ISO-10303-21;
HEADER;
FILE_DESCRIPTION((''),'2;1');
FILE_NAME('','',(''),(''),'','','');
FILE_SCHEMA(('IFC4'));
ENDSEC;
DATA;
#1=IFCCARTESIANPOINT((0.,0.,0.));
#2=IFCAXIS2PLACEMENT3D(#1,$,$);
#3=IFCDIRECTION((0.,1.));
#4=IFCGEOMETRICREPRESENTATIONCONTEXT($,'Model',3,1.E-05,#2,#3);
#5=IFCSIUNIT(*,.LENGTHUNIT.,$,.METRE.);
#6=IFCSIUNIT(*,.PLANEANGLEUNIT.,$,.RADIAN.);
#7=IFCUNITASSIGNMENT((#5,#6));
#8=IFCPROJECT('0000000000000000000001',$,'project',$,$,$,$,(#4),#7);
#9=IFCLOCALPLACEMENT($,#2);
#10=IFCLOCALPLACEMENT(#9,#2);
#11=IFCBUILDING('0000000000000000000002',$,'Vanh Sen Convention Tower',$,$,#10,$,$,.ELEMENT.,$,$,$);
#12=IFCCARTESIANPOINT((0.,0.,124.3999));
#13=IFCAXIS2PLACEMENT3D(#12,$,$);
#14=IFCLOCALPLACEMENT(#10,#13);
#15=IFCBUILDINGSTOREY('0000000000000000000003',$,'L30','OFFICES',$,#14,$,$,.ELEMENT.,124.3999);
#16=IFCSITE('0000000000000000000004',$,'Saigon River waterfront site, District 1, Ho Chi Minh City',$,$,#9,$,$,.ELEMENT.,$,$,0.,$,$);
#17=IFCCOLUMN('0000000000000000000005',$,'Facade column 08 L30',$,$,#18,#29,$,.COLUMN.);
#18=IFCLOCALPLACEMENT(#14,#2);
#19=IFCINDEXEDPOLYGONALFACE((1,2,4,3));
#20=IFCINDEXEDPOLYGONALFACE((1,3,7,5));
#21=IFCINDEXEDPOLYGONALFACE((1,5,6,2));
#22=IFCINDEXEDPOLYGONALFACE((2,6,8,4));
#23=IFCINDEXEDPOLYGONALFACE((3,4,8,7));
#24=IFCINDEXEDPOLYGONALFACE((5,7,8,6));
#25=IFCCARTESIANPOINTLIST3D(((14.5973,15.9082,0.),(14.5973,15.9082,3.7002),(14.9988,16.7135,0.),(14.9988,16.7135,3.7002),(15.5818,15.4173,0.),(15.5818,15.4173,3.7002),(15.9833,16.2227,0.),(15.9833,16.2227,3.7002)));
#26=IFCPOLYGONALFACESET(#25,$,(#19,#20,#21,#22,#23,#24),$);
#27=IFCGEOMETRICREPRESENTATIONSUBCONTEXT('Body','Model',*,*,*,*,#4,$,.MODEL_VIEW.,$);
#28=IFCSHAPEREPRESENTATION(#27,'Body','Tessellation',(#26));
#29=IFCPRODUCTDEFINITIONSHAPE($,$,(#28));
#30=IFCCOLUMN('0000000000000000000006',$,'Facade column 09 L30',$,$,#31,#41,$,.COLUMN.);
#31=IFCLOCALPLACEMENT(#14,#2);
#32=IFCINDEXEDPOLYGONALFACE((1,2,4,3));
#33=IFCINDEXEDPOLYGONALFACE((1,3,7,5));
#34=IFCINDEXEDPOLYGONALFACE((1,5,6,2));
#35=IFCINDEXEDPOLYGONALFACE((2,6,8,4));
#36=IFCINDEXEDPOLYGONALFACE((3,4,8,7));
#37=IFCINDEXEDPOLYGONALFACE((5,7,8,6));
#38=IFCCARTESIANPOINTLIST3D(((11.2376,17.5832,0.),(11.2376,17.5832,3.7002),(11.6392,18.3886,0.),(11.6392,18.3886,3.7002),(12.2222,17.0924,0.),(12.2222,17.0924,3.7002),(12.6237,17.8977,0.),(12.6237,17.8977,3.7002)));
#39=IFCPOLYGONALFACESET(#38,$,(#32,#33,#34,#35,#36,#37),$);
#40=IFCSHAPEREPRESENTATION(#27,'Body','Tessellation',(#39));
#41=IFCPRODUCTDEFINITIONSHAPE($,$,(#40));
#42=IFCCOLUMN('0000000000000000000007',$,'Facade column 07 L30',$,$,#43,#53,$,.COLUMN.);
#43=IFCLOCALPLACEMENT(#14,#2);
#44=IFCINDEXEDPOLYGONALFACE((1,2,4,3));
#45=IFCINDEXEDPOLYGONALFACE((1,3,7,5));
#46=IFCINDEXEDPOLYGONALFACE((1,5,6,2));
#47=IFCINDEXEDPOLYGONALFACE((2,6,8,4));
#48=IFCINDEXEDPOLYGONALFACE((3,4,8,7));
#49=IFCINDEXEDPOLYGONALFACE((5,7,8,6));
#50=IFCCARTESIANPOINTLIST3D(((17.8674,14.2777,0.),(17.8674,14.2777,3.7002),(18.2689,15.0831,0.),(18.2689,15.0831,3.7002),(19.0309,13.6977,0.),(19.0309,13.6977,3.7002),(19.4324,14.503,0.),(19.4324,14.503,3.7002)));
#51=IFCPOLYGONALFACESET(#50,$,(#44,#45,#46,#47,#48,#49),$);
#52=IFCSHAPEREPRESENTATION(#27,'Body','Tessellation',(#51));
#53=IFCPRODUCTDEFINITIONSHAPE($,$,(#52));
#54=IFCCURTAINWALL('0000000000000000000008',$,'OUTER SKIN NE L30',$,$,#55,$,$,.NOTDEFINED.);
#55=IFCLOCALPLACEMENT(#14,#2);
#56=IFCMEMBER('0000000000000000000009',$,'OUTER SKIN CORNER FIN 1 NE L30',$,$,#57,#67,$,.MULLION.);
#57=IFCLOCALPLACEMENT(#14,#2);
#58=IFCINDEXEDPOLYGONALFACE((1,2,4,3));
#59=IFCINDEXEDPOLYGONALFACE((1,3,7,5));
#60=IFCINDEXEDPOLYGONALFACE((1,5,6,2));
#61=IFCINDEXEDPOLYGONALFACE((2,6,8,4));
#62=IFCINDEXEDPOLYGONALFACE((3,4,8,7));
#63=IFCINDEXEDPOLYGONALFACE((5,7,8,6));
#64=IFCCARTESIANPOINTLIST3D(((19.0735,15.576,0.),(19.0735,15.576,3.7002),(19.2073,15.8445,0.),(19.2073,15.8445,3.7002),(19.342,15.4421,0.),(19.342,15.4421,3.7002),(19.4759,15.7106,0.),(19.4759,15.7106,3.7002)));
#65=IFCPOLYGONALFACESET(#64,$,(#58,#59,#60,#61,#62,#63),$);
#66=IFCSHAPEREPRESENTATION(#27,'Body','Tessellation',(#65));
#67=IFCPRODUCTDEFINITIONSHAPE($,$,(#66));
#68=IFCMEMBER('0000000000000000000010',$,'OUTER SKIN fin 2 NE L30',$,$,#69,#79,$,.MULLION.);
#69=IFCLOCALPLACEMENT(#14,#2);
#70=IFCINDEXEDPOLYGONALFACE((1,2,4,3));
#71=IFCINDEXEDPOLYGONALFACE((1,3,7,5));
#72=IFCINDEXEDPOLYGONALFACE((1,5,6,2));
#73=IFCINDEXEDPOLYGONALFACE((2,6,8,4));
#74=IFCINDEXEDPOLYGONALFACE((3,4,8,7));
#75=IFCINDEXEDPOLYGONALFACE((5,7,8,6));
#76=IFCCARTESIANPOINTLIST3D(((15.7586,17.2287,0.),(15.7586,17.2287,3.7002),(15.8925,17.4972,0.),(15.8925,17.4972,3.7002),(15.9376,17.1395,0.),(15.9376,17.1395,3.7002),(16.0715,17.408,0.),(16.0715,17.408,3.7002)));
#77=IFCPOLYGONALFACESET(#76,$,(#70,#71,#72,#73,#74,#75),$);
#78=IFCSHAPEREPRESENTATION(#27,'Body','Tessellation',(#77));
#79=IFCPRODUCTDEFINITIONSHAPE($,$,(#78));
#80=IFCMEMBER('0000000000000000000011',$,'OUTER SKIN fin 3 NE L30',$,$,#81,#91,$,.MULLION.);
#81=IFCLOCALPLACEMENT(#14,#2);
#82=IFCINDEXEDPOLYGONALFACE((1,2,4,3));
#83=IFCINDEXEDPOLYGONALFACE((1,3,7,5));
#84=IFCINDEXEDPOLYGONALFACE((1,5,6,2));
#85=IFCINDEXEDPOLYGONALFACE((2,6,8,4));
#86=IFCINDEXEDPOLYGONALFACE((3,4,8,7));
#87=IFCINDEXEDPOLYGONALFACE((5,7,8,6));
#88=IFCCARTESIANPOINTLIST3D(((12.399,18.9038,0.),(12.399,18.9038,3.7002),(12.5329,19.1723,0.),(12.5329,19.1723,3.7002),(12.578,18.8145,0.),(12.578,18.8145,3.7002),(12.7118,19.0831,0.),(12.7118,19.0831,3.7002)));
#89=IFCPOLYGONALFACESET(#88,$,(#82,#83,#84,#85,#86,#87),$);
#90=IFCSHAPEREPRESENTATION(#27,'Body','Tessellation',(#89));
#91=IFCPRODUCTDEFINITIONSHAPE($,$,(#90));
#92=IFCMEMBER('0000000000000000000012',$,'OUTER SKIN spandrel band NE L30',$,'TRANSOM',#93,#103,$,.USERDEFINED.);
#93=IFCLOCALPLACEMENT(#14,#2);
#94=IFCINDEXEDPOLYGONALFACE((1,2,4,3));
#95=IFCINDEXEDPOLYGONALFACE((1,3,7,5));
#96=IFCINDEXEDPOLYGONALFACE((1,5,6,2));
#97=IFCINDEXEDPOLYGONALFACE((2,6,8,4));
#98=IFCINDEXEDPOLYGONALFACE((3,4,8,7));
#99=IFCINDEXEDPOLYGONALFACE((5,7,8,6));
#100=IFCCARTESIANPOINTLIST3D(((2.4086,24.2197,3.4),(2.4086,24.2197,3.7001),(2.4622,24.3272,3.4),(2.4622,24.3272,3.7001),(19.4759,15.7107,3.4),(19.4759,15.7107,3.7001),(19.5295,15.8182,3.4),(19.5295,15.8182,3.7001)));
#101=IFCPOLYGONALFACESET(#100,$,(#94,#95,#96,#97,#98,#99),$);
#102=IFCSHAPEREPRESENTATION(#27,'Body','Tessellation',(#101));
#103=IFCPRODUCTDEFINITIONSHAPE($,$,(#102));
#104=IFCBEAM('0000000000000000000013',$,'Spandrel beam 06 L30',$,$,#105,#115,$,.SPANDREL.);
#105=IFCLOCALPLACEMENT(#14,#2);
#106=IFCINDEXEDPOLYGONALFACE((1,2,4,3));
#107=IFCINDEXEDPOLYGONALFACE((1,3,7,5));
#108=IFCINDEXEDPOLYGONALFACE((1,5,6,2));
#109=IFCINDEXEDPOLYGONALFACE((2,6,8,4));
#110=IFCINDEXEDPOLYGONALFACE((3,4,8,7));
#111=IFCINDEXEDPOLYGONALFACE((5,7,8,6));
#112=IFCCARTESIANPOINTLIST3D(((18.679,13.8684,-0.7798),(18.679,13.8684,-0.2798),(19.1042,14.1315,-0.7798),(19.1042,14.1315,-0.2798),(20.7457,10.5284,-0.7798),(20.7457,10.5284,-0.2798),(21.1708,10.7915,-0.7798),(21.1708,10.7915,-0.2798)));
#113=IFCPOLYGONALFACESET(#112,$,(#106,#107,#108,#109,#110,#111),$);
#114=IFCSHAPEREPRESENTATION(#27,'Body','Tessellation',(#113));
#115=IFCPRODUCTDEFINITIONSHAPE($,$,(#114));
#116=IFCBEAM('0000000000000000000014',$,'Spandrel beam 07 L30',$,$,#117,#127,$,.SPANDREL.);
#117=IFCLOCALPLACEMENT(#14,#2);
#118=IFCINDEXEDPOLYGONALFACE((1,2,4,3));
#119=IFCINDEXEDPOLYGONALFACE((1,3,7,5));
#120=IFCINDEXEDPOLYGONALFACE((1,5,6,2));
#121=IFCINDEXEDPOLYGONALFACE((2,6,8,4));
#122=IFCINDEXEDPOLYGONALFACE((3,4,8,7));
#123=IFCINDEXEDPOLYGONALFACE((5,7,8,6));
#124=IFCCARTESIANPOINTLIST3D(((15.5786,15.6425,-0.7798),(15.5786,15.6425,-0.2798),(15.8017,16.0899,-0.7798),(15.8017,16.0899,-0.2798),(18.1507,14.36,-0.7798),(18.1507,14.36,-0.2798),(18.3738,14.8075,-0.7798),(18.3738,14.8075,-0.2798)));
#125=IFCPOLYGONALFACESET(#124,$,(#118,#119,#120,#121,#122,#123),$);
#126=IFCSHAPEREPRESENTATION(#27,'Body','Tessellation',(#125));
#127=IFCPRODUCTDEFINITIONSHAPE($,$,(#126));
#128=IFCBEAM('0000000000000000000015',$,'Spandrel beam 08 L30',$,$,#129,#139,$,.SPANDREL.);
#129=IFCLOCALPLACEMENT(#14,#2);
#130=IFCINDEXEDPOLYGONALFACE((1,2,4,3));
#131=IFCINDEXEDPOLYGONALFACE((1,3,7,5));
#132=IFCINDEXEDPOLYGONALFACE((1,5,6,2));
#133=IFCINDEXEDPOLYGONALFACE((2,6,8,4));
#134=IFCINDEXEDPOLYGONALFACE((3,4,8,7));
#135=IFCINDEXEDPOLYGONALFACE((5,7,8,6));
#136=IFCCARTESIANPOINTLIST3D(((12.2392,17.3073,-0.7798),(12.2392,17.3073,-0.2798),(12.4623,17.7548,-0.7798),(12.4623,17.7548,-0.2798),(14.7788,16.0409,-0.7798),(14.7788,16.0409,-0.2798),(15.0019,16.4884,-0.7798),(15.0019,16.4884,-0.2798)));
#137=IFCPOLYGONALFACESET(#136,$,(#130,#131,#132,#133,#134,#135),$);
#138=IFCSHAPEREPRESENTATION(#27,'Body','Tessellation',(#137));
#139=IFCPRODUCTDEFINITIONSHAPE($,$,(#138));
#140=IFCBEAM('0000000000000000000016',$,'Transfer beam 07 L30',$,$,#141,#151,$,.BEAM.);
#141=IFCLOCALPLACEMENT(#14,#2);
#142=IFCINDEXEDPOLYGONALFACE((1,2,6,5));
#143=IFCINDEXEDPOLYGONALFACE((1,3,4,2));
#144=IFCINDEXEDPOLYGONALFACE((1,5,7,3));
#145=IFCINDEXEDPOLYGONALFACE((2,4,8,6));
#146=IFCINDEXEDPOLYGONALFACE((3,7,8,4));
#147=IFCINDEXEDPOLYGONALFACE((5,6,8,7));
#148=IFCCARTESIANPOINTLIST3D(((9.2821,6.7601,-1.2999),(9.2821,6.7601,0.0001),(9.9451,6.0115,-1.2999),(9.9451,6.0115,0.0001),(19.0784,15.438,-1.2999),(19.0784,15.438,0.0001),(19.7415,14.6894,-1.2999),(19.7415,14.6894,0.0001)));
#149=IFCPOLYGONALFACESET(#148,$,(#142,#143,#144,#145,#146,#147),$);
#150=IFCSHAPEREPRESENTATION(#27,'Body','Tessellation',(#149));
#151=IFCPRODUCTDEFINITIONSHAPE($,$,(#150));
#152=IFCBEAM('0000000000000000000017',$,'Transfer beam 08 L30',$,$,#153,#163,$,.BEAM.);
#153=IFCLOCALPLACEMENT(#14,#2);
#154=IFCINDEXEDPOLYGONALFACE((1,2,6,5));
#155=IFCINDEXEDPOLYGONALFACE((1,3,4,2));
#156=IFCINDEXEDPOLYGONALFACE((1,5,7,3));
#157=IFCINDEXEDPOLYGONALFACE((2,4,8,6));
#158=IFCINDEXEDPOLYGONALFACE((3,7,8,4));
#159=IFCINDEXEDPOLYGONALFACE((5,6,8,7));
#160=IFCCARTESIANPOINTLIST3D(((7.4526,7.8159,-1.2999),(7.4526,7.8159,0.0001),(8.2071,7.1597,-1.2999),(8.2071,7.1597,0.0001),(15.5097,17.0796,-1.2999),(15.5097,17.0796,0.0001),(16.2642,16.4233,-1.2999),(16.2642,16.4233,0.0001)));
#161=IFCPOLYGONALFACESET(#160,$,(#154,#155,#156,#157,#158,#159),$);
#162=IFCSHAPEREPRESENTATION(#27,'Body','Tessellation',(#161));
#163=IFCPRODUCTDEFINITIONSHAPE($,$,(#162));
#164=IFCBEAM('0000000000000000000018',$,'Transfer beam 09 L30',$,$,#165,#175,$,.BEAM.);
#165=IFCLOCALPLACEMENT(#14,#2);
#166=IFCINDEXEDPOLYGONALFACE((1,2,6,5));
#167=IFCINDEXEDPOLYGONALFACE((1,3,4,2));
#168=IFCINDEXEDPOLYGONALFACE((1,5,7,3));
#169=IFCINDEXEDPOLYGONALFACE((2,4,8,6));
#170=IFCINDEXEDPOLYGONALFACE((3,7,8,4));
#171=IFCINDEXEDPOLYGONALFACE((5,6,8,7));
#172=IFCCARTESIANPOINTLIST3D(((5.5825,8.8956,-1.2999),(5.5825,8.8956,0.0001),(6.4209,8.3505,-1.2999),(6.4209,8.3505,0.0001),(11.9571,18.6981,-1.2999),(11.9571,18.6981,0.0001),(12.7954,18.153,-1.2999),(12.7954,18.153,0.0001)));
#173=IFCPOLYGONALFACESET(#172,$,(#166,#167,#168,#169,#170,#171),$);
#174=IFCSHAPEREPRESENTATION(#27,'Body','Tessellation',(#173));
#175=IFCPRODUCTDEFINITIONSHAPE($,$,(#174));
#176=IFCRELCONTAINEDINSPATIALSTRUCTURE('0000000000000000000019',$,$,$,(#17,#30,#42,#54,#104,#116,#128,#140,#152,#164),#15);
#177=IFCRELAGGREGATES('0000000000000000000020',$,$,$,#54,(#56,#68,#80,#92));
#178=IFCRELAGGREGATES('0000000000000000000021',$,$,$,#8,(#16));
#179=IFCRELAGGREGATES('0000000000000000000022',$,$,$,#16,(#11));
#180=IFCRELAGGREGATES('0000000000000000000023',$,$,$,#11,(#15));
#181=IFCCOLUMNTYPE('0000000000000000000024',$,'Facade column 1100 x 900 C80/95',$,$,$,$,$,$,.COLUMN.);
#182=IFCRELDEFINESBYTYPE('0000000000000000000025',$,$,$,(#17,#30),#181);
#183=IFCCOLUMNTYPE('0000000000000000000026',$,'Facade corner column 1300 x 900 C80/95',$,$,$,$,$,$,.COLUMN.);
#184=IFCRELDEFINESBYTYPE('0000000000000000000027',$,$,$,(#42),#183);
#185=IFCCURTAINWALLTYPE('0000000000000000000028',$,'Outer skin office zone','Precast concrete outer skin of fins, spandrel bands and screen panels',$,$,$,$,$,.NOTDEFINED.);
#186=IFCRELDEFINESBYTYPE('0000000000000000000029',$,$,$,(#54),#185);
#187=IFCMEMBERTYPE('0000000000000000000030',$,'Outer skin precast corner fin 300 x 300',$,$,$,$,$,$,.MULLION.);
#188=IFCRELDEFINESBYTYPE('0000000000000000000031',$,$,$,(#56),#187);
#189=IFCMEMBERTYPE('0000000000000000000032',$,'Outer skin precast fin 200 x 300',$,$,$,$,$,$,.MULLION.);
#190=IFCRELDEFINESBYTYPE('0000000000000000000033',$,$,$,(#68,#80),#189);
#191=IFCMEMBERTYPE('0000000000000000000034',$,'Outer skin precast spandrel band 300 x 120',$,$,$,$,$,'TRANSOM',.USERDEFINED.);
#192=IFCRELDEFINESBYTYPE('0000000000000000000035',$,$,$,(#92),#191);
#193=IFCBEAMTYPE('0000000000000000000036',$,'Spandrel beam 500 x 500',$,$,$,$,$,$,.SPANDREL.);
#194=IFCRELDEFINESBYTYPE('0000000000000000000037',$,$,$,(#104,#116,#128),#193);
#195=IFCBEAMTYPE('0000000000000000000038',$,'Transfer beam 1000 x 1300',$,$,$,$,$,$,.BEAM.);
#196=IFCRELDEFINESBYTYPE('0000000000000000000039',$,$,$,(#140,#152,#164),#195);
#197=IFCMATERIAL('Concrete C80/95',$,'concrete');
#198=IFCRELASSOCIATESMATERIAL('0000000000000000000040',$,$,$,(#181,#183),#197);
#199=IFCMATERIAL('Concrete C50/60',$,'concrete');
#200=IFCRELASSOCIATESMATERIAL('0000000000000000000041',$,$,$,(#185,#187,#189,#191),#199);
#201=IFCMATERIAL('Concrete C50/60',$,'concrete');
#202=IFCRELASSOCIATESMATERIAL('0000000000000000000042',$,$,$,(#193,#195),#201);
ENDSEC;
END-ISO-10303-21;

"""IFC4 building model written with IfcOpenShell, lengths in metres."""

from ifc_helpers import new_model, si_unit, direction, frame, origin, origin_2d, place, context, subcontext, project, spatial, rectangle, extrude, material, material_profile, profile_set, type_object, element, aggregate, save


model = new_model("IFC4")

# Units and contexts
model_context = context("Model", 3, precision=1e-05, world=origin(), true_north=direction((0.0, 1.0)))
body_context = subcontext(model_context, "Body", "Model", "MODEL_VIEW")
ifc_project = project(units=[si_unit("LENGTHUNIT", "METRE"), si_unit("PLANEANGLEUNIT", "RADIAN")], contexts=[model_context])

# Site, building, storey
site_placement = place(None, origin())
site = spatial("IfcSite", under=ifc_project, at=site_placement, Name="Saigon River waterfront site, District 1, Ho Chi Minh City", CompositionType="ELEMENT", RefElevation=0.0)
building_placement = place(site_placement, origin())
building = spatial("IfcBuilding", under=site, at=building_placement, Name="Vanh Sen Convention Tower", CompositionType="ELEMENT")
storey_placement = place(building_placement, frame((0.0, 0.0, 124.3999)))
storey = spatial("IfcBuildingStorey", under=building, at=storey_placement, Name="L30", Description="OFFICES", CompositionType="ELEMENT", Elevation=124.3999)

# Columns
ifc_material_1 = material(Name="Concrete C80/95", Category="concrete")
ifc_material_profile_1 = material_profile(ifc_material_1, rectangle(XDim=1.1001, YDim=0.8999, at=origin_2d()), Name="RC 1100X900")
ifc_profile_set_1 = profile_set([ifc_material_profile_1], Name="Concrete C80/95")
column_type_1 = type_object("IfcColumnType", Name="Facade column 1100 x 900 C80/95", PredefinedType="COLUMN", material=ifc_profile_set_1)
for number, where, z_axis, x_axis, name in (
    (1, (15.2903, 16.0654, 0.0), (0.0, 0.0, 1.0), (-0.894934, 0.446198, 0.0), "Facade column 08 L30"),
    (2, (11.9307, 17.7405, 0.0), (0.0, 0.0, 1.0), (-0.894934, 0.446198, 0.0), "Facade column 09 L30"),
):
    element("IfcColumn", number, at=place(storey_placement, frame(where, z_axis=z_axis, x_axis=x_axis)), inside=storey, type_object=column_type_1, Name=name, PredefinedType="COLUMN", context=body_context, shape_type="SweptSolid", body=[
        extrude(rectangle(XDim=1.1001, YDim=0.8999, at=origin_2d()), origin(), (0.0, 0.0, 1.0), 3.7002),
    ])
ifc_material_profile_2 = material_profile(ifc_material_1, rectangle(XDim=1.3, YDim=0.8999, at=origin_2d()), Name="RC 1300X900")
ifc_profile_set_2 = profile_set([ifc_material_profile_2], Name="Concrete C80/95")
column_type_2 = type_object("IfcColumnType", Name="Facade corner column 1300 x 900 C80/95", PredefinedType="COLUMN", material=ifc_profile_set_2)
column_placement = place(storey_placement, frame((18.6499, 14.3904, 0.0), z_axis=(0.0, 0.0, 1.0), x_axis=(-0.894934, 0.446198, 0.0)))
element("IfcColumn", 3, at=column_placement, inside=storey, type_object=column_type_2, Name="Facade column 07 L30", PredefinedType="COLUMN", context=body_context, shape_type="SweptSolid", body=[
    extrude(rectangle(XDim=1.3, YDim=0.8999, at=origin_2d()), origin(), (0.0, 0.0, 1.0), 3.7002),
])

# Curtain wall, members
ifc_material_2 = material(Name="Concrete C50/60", Category="concrete")
curtain_wall_type = type_object("IfcCurtainWallType", Name="Outer skin office zone", Description="Precast concrete outer skin of fins, spandrel bands and screen panels", PredefinedType="NOTDEFINED", material=ifc_material_2)
curtain_wall_1_placement = place(storey_placement, origin())
curtain_wall_1 = element("IfcCurtainWall", 4, at=curtain_wall_1_placement, inside=storey, type_object=curtain_wall_type, Name="OUTER SKIN NE L30", PredefinedType="NOTDEFINED")
ifc_material_profile_3 = material_profile(ifc_material_2, rectangle(XDim=0.3, YDim=0.3, at=origin_2d()), Name="Outer skin precast corner fin 300 x 300")
ifc_profile_set_3 = profile_set([ifc_material_profile_3], Name="Concrete C50/60")
member_type_1 = type_object("IfcMemberType", Name="Outer skin precast corner fin 300 x 300", PredefinedType="MULLION", material=ifc_profile_set_3)
member_1_placement = place(storey_placement, frame((19.2747, 15.6433, 0.0), z_axis=(0.0, 0.0, 1.0), x_axis=(-0.894934, 0.446198, 0.0)))
member_1 = element("IfcMember", 5, at=member_1_placement, type_object=member_type_1, Name="OUTER SKIN CORNER FIN 1 NE L30", PredefinedType="MULLION", context=body_context, shape_type="SweptSolid", body=[
    extrude(rectangle(XDim=0.3, YDim=0.3, at=origin_2d()), origin(), (0.0, 0.0, 1.0), 3.7002),
])
ifc_material_profile_4 = material_profile(ifc_material_2, rectangle(XDim=0.2, YDim=0.3, at=origin_2d()), Name="Outer skin precast fin 200 x 300")
ifc_profile_set_4 = profile_set([ifc_material_profile_4], Name="Concrete C50/60")
member_type_2 = type_object("IfcMemberType", Name="Outer skin precast fin 200 x 300", PredefinedType="MULLION", material=ifc_profile_set_4)
member_2_placement = place(storey_placement, frame((15.915, 17.3184, 0.0), z_axis=(0.0, 0.0, 1.0), x_axis=(-0.894934, 0.446198, 0.0)))
member_2 = element("IfcMember", 6, at=member_2_placement, type_object=member_type_2, Name="OUTER SKIN fin 2 NE L30", PredefinedType="MULLION", context=body_context, shape_type="SweptSolid", body=[
    extrude(rectangle(XDim=0.2, YDim=0.3, at=origin_2d()), origin(), (0.0, 0.0, 1.0), 3.7002),
])
member_3_placement = place(storey_placement, frame((12.5554, 18.9934, 0.0), z_axis=(0.0, 0.0, 1.0), x_axis=(-0.894934, 0.446198, 0.0)))
member_3 = element("IfcMember", 7, at=member_3_placement, type_object=member_type_2, Name="OUTER SKIN fin 3 NE L30", PredefinedType="MULLION", context=body_context, shape_type="SweptSolid", body=[
    extrude(rectangle(XDim=0.2, YDim=0.3, at=origin_2d()), origin(), (0.0, 0.0, 1.0), 3.7002),
])
ifc_material_profile_5 = material_profile(ifc_material_2, rectangle(XDim=0.1201, YDim=0.3, at=origin_2d()), Name="Outer skin precast spandrel band 300 x 120")
ifc_profile_set_5 = profile_set([ifc_material_profile_5], Name="Concrete C50/60")
member_type_3 = type_object("IfcMemberType", Name="Outer skin precast spandrel band 300 x 120", ElementType="TRANSOM", PredefinedType="USERDEFINED", material=ifc_profile_set_5)
member_4_placement = place(storey_placement, frame((19.5027, 15.7644, 3.55), z_axis=(-0.894941, 0.446184, 0.0), x_axis=(-0.446184, -0.894941, 0.0)))
member_4 = element("IfcMember", 8, at=member_4_placement, type_object=member_type_3, Name="OUTER SKIN spandrel band NE L30", ObjectType="TRANSOM", PredefinedType="USERDEFINED", context=body_context, shape_type="SweptSolid", body=[
    extrude(rectangle(XDim=0.1201, YDim=0.3, at=origin_2d()), origin(), (0.0, 0.0, 1.0), 19.0708),
])

# Beams
ifc_material_3 = material(Name="Concrete C50/60", Category="concrete")
ifc_material_profile_6 = material_profile(ifc_material_3, rectangle(XDim=0.5, YDim=0.5, at=origin_2d()), Name="RC 500X500")
ifc_profile_set_6 = profile_set([ifc_material_profile_6], Name="Concrete C50/60")
beam_type_1 = type_object("IfcBeamType", Name="Spandrel beam 500 x 500", PredefinedType="SPANDREL", material=ifc_profile_set_6)
beam_1_placement = place(storey_placement, frame((20.9583, 10.6599, -0.5298), z_axis=(-0.526166, 0.850382, 0.0), x_axis=(-0.850382, -0.526166, 0.0)))
element("IfcBeam", 9, at=beam_1_placement, inside=storey, type_object=beam_type_1, Name="Spandrel beam 06 L30", PredefinedType="SPANDREL", context=body_context, shape_type="SweptSolid", body=[
    extrude(rectangle(XDim=0.5, YDim=0.5, at=origin_2d()), origin(), (0.0, 0.0, 1.0), 3.9277),
])
beam_2_placement = place(storey_placement, frame((18.2622, 14.5837, -0.5298), z_axis=(-0.894919, 0.446228, 0.0), x_axis=(-0.446228, -0.894919, 0.0)))
element("IfcBeam", 10, at=beam_2_placement, inside=storey, type_object=beam_type_1, Name="Spandrel beam 07 L30", PredefinedType="SPANDREL", context=body_context, shape_type="SweptSolid", body=[
    extrude(rectangle(XDim=0.5, YDim=0.5, at=origin_2d()), origin(), (0.0, 0.0, 1.0), 2.874),
])
beam_3_placement = place(storey_placement, frame((14.8904, 16.2646, -0.5298), z_axis=(-0.894908, 0.44625, 0.0), x_axis=(-0.44625, -0.894908, 0.0)))
element("IfcBeam", 11, at=beam_3_placement, inside=storey, type_object=beam_type_1, Name="Spandrel beam 08 L30", PredefinedType="SPANDREL", context=body_context, shape_type="SweptSolid", body=[
    extrude(rectangle(XDim=0.5, YDim=0.5, at=origin_2d()), origin(), (0.0, 0.0, 1.0), 2.8379),
])
ifc_material_profile_7 = material_profile(ifc_material_3, rectangle(XDim=1.0, YDim=1.3, at=origin_2d()), Name="RC 1000X1300")
ifc_profile_set_7 = profile_set([ifc_material_profile_7], Name="Concrete C50/60")
beam_type_2 = type_object("IfcBeamType", Name="Transfer beam 1000 x 1300", PredefinedType="BEAM", material=ifc_profile_set_7)
beam_4_placement = place(storey_placement, frame((19.4099, 15.0637, -0.6499), z_axis=(-0.748543, -0.663086, 0.0), x_axis=(0.663086, -0.748543, 0.0)))
element("IfcBeam", 12, at=beam_4_placement, inside=storey, type_object=beam_type_2, Name="Transfer beam 07 L30", PredefinedType="BEAM", context=body_context, shape_type="SweptSolid", body=[
    extrude(rectangle(XDim=1.0, YDim=1.3, at=origin_2d()), origin(), (0.0, 0.0, 1.0), 13.0872),
])
beam_5_placement = place(storey_placement, frame((15.887, 16.7515, -0.6499), z_axis=(-0.65626, -0.754534, 0.0), x_axis=(0.754534, -0.65626, 0.0)))
element("IfcBeam", 13, at=beam_5_placement, inside=storey, type_object=beam_type_2, Name="Transfer beam 08 L30", PredefinedType="BEAM", context=body_context, shape_type="SweptSolid", body=[
    extrude(rectangle(XDim=1.0, YDim=1.3, at=origin_2d()), origin(), (0.0, 0.0, 1.0), 12.2773),
])
beam_6_placement = place(storey_placement, frame((12.3762, 18.4255, -0.6499), z_axis=(-0.545162, -0.838331, 0.0), x_axis=(0.838331, -0.545162, 0.0)))
element("IfcBeam", 14, at=beam_6_placement, inside=storey, type_object=beam_type_2, Name="Transfer beam 09 L30", PredefinedType="BEAM", context=body_context, shape_type="SweptSolid", body=[
    extrude(rectangle(XDim=1.0, YDim=1.3, at=origin_2d()), origin(), (0.0, 0.0, 1.0), 11.6929),
])

aggregate(curtain_wall_1, [member_1, member_2, member_3, member_4])

save(model, "model.ifc")
